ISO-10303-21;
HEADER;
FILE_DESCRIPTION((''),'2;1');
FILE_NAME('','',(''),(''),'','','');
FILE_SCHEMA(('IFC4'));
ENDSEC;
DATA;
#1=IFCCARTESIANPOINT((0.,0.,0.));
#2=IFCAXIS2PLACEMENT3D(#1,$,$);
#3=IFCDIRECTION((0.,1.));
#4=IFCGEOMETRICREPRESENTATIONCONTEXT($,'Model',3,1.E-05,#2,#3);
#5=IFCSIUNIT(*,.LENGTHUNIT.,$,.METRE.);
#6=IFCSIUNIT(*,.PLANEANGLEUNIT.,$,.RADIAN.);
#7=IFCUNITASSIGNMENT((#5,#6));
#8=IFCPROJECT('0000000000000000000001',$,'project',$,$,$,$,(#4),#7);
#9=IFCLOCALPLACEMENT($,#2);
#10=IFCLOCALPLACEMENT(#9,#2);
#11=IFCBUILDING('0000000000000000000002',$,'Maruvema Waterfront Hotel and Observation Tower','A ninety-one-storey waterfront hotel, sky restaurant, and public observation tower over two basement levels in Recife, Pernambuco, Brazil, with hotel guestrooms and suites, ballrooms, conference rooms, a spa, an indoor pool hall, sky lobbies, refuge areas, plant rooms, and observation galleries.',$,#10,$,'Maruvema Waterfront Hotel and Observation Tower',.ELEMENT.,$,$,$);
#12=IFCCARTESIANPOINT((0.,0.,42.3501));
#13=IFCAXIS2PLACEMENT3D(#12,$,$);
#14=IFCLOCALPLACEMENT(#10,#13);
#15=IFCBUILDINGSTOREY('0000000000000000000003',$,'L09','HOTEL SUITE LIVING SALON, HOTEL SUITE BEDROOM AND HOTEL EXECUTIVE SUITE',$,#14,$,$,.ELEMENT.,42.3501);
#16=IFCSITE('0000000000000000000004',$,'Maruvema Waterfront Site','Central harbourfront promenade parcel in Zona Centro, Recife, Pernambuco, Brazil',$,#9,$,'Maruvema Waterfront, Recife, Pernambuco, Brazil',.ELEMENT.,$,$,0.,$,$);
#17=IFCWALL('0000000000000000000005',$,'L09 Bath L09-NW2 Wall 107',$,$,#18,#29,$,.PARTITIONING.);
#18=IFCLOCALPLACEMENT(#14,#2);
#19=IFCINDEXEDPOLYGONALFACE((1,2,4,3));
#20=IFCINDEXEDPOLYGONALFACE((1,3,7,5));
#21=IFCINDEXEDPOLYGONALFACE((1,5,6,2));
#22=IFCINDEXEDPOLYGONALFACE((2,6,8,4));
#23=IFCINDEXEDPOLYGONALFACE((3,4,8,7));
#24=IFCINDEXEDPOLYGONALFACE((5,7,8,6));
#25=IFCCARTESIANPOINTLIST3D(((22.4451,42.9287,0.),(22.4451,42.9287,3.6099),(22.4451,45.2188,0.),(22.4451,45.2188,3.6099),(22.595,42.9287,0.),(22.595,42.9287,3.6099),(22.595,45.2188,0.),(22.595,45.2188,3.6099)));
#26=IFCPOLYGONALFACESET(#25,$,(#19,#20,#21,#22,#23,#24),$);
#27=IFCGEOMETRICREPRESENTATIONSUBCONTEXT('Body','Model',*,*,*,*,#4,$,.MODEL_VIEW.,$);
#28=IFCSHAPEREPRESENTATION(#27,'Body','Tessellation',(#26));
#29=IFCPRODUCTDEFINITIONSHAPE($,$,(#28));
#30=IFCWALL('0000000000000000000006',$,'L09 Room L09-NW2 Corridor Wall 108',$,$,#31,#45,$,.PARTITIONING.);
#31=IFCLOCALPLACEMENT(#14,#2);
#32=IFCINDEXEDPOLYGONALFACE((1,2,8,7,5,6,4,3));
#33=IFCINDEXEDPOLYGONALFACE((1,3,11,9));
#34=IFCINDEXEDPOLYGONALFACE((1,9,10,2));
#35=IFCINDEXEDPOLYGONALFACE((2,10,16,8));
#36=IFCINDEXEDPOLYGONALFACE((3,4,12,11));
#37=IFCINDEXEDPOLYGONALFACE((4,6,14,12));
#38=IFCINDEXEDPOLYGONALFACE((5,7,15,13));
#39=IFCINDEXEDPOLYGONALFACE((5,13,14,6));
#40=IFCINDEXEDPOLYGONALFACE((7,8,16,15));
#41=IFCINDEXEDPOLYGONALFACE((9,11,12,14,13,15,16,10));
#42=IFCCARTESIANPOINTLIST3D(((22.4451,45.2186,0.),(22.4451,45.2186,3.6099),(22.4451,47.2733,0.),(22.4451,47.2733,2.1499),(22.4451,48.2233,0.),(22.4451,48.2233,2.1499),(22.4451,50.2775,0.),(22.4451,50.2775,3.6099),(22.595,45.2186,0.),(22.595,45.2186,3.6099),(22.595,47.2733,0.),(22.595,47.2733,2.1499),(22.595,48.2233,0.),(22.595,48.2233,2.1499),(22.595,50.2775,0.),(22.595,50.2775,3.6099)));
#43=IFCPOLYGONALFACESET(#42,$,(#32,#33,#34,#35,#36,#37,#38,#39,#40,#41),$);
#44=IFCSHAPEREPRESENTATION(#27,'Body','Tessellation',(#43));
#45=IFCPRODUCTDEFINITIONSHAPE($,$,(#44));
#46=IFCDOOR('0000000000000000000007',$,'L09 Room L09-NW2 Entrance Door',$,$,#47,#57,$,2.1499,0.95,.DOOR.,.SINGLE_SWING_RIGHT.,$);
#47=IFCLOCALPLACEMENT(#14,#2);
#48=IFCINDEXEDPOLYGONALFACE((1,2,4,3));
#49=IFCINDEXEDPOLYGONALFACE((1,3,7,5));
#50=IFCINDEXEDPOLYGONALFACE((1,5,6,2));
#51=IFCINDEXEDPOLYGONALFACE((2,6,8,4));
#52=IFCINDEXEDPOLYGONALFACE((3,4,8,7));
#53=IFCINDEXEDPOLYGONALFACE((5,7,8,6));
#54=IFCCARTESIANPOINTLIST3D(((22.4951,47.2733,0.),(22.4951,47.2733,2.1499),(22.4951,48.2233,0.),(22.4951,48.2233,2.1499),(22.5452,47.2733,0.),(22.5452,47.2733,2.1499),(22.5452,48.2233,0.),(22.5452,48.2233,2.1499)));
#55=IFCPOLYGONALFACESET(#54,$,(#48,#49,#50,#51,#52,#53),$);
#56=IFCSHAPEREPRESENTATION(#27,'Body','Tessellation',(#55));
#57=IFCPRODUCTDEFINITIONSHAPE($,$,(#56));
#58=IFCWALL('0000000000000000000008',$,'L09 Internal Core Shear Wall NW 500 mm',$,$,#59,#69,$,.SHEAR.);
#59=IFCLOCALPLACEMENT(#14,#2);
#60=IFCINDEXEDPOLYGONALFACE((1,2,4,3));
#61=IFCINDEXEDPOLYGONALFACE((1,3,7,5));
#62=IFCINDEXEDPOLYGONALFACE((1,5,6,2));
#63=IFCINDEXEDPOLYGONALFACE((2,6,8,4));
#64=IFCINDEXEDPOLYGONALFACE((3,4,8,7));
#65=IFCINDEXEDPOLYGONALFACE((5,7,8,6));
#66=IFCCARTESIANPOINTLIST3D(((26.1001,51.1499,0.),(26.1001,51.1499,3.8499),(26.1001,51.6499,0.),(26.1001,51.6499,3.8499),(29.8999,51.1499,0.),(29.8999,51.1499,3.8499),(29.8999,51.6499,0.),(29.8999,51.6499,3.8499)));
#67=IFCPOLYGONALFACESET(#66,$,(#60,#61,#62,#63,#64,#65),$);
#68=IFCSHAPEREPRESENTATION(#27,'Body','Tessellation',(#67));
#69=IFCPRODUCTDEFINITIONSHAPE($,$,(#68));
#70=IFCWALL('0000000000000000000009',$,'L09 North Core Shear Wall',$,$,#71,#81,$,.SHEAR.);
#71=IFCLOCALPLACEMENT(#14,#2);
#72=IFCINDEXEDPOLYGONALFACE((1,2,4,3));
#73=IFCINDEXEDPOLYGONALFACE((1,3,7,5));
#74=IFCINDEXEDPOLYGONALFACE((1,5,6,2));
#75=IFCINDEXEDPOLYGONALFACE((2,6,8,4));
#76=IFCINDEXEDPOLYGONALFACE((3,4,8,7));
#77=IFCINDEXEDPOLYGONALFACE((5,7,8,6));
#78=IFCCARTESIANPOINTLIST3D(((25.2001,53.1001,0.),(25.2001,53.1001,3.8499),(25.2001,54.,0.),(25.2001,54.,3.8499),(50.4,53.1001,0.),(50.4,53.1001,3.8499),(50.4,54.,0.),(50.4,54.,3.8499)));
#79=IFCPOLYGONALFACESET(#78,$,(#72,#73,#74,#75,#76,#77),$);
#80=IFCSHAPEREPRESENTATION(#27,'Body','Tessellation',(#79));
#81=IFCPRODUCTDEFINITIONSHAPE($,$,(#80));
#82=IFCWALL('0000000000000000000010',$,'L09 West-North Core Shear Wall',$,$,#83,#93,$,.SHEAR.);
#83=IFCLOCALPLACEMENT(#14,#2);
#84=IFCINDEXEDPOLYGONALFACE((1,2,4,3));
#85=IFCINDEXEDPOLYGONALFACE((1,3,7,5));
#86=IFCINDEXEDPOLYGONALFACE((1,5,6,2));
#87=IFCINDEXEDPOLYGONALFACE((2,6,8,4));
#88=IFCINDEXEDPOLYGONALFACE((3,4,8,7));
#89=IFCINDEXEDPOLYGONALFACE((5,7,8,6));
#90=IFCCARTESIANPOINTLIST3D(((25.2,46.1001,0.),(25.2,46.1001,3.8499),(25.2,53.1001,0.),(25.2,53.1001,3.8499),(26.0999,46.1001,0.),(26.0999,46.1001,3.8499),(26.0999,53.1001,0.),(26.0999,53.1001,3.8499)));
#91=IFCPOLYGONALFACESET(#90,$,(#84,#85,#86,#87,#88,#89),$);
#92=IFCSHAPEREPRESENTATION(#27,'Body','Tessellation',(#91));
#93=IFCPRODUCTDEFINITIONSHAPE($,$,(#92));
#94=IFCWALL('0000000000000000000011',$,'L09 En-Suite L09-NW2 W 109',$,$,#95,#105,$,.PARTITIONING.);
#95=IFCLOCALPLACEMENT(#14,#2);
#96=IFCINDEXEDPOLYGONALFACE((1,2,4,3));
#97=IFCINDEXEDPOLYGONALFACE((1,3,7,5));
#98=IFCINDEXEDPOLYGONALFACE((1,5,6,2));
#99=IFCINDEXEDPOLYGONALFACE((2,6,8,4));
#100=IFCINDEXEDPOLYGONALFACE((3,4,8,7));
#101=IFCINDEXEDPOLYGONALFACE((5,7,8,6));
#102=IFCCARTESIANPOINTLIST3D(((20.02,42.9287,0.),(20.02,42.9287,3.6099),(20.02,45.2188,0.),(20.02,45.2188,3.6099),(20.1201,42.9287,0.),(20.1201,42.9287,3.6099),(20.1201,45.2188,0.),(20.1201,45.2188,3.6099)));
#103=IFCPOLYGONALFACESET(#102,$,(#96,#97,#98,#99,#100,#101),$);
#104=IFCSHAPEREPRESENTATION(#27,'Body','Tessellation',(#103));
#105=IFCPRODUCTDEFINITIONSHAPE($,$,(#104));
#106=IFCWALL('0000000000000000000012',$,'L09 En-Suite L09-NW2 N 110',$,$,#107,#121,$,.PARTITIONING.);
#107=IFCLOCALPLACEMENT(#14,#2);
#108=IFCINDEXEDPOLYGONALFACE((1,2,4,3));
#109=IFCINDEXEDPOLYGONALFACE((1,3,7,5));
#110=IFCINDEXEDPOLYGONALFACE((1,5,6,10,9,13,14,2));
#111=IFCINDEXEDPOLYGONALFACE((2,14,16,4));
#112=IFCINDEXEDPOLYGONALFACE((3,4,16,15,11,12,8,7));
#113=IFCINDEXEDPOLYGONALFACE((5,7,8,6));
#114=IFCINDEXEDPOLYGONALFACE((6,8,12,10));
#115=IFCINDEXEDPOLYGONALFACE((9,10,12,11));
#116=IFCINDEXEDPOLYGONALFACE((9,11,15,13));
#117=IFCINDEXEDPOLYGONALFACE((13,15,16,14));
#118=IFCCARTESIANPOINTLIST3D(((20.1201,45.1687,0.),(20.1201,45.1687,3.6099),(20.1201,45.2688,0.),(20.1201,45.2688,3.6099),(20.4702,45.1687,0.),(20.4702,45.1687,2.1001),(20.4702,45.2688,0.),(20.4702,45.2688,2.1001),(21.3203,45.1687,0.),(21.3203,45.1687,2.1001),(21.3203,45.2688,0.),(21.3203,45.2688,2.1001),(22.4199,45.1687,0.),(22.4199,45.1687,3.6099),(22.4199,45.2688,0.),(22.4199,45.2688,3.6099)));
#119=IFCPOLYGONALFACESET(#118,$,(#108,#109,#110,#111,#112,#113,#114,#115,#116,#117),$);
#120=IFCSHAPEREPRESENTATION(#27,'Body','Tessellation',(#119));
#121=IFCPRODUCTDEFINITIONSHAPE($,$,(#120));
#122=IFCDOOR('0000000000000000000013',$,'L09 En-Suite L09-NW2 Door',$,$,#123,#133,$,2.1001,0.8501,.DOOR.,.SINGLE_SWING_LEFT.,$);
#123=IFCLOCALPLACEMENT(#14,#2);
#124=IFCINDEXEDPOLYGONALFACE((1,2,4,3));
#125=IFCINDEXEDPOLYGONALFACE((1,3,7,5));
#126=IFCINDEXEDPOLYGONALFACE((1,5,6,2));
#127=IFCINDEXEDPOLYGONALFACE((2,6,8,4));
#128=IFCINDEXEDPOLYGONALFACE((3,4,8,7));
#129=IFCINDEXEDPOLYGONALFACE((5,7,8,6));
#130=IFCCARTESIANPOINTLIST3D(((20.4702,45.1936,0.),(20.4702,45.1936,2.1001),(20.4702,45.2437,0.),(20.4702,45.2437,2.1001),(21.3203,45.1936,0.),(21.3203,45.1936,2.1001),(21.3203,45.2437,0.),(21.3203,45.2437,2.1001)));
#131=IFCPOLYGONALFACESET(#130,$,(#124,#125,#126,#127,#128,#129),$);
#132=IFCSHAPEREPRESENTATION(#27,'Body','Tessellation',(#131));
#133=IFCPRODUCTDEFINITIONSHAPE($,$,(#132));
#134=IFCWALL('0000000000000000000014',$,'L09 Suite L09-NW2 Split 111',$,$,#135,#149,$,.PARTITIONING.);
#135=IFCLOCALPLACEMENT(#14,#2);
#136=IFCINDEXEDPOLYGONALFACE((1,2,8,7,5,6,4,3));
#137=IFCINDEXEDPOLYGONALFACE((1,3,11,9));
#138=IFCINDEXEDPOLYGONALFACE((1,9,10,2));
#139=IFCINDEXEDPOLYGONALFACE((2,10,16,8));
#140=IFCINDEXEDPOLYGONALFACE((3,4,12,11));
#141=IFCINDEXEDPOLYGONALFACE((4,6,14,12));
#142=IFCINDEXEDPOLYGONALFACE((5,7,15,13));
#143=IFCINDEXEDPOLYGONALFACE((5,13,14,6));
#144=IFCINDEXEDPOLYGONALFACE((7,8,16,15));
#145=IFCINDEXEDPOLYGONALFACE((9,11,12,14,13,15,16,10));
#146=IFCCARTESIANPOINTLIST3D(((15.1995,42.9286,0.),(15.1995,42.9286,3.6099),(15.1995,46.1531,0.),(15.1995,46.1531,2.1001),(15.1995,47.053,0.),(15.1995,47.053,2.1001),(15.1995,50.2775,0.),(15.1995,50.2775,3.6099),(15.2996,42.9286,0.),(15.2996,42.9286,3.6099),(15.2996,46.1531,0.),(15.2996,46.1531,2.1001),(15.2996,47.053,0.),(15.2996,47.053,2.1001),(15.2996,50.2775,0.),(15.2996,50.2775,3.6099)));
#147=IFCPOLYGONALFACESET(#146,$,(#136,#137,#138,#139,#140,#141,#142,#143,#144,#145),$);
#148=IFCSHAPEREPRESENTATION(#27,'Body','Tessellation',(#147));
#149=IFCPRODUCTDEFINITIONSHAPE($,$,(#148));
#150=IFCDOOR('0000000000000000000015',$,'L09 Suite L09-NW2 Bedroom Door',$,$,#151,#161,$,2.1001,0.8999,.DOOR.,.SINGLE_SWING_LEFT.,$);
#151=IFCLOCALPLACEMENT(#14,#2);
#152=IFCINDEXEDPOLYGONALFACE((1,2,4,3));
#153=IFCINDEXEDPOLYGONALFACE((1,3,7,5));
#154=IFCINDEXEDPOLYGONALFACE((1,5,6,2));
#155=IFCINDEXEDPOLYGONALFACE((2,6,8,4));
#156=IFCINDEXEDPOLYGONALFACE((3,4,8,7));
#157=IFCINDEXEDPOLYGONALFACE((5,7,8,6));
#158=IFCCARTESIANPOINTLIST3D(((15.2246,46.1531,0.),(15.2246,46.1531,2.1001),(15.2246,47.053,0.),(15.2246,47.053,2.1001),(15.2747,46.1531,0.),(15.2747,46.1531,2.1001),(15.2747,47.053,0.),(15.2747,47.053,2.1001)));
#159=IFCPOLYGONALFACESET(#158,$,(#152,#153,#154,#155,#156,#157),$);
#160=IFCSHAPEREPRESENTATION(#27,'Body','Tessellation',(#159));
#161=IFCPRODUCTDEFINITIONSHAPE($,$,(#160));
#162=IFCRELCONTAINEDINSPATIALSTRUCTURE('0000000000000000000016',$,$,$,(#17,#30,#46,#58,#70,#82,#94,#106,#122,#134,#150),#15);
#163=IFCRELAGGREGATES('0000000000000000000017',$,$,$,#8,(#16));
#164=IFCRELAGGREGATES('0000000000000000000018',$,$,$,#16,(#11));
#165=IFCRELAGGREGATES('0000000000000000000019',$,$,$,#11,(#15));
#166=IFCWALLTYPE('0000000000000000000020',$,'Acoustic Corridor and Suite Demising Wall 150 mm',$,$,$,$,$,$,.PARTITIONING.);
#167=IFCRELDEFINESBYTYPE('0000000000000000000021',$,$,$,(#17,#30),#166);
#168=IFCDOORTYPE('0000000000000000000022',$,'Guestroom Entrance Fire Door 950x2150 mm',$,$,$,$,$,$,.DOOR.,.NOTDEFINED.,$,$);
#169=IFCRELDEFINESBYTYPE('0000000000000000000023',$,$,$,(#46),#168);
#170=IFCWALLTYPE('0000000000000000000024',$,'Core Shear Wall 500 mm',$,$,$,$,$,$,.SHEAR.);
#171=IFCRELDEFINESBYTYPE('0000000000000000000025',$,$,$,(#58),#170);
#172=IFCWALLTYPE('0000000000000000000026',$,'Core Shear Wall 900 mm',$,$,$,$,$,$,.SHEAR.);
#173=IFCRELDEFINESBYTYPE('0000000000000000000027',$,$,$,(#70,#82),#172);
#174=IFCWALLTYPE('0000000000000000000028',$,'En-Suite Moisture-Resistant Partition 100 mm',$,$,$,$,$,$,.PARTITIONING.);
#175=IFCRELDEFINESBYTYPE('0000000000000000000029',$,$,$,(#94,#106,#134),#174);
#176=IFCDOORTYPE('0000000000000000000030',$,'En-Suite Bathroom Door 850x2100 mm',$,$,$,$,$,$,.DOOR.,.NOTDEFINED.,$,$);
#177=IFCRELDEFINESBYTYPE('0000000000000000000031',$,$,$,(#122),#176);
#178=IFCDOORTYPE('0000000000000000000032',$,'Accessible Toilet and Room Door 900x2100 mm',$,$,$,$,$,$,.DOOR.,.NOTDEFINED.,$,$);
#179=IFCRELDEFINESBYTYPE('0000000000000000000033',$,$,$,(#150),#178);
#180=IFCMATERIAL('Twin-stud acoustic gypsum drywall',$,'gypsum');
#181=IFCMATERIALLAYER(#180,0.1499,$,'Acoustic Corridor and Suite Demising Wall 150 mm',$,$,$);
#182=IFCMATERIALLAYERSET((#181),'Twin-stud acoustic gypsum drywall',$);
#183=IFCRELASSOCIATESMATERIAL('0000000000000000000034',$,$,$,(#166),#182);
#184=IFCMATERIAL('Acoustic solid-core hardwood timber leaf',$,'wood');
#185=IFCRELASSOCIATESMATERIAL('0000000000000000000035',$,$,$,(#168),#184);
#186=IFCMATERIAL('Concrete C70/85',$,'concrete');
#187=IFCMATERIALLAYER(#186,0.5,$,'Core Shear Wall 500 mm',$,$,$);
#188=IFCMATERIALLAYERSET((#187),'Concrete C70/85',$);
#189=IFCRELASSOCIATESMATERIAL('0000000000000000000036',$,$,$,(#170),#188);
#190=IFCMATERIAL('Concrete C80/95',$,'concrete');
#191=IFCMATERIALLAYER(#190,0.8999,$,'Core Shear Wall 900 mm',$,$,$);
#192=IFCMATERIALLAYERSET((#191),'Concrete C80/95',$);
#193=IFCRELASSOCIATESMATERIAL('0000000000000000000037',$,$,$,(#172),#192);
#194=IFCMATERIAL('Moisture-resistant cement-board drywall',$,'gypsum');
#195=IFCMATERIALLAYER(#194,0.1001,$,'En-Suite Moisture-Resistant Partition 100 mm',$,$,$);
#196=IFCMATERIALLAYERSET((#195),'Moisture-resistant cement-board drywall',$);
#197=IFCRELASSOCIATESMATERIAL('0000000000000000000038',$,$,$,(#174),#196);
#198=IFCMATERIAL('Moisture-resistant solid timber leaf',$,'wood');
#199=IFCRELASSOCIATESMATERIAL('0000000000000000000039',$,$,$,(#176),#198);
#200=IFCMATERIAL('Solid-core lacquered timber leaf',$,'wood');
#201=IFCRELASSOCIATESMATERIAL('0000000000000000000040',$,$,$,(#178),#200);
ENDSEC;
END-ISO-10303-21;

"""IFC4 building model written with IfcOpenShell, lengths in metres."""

from ifc_helpers import new_model, si_unit, direction, frame, frame_2d, origin, place, context, subcontext, project, spatial, rectangle, extrude, material, layer, layer_set, type_object, element, fill, save


model = new_model("IFC4")

# Units and contexts
model_context = context("Model", 3, precision=1e-05, world=origin(), true_north=direction((0.0, 1.0)))
body_context = subcontext(model_context, "Body", "Model", "MODEL_VIEW")
ifc_project = project(units=[si_unit("LENGTHUNIT", "METRE"), si_unit("PLANEANGLEUNIT", "RADIAN")], contexts=[model_context])

# Site, building, storey
site_placement = place(None, origin())
site = spatial("IfcSite", under=ifc_project, at=site_placement, Name="Maruvema Waterfront Site", Description="Central harbourfront promenade parcel in Zona Centro, Recife, Pernambuco, Brazil", LongName="Maruvema Waterfront, Recife, Pernambuco, Brazil", CompositionType="ELEMENT", RefElevation=0.0)
building_placement = place(site_placement, origin())
building = spatial("IfcBuilding", under=site, at=building_placement, Name="Maruvema Waterfront Hotel and Observation Tower", Description="A ninety-one-storey waterfront hotel, sky restaurant, and public observation tower over two basement levels in Recife, Pernambuco, Brazil, with hotel guestrooms and suites, ballrooms, conference rooms, a spa, an indoor pool hall, sky lobbies, refuge areas, plant rooms, and observation galleries.", LongName="Maruvema Waterfront Hotel and Observation Tower", CompositionType="ELEMENT")
storey_placement = place(building_placement, frame((0.0, 0.0, 42.3501)))
storey = spatial("IfcBuildingStorey", under=building, at=storey_placement, Name="L09", Description="HOTEL SUITE LIVING SALON, HOTEL SUITE BEDROOM AND HOTEL EXECUTIVE SUITE", CompositionType="ELEMENT", Elevation=42.3501)

# Wall
ifc_material_1 = material(Name="Twin-stud acoustic gypsum drywall", Category="gypsum")
ifc_layer_1 = layer(ifc_material_1, 0.1499, Name="Acoustic Corridor and Suite Demising Wall 150 mm")
ifc_layer_set_1 = layer_set([ifc_layer_1], Name="Twin-stud acoustic gypsum drywall")
wall_type_1 = type_object("IfcWallType", Name="Acoustic Corridor and Suite Demising Wall 150 mm", PredefinedType="PARTITIONING", material=ifc_layer_set_1)
wall_1_placement = place(storey_placement, frame((22.52, 42.9287, 0.0), z_axis=(0.0, 0.0, 1.0), x_axis=(0.0, 1.0, 0.0)))
element("IfcWall", 1, at=wall_1_placement, inside=storey, type_object=wall_type_1, Name="L09 Bath L09-NW2 Wall 107", PredefinedType="PARTITIONING", context=body_context, shape_type="SweptSolid", body=[
    extrude(rectangle(XDim=2.29, YDim=0.1499, at=frame_2d((1.145, 0.0))), origin(), (0.0, 0.0, 1.0), 3.6099),
])

# Wall, opening, door
wall_2_placement = place(storey_placement, frame((22.52, 45.2188, 0.0), z_axis=(0.0, 0.0, 1.0), x_axis=(0.0, 1.0, 0.0)))
wall_2 = element("IfcWall", 2, at=wall_2_placement, inside=storey, type_object=wall_type_1, Name="L09 Room L09-NW2 Corridor Wall 108", PredefinedType="PARTITIONING", context=body_context, shape_type="SweptSolid", body=[
    extrude(rectangle(XDim=5.0588, YDim=0.1499, at=frame_2d((2.5293, 0.0))), origin(), (0.0, 0.0, 1.0), 3.6099),
])
opening_1_placement = place(wall_2_placement, frame((2.0544, 0.0, 0.0)))
opening_1 = element("IfcOpeningElement", 3, at=opening_1_placement, cuts=wall_2, PredefinedType="OPENING", context=body_context, shape_type="SweptSolid", body=[
    extrude(rectangle(XDim=0.95, YDim=2.1499, at=frame_2d((0.4751, 1.075))), frame((0.0, 0.085, 0.0), z_axis=(0.0, -1.0, 0.0), x_axis=(1.0, 0.0, 0.0)), (0.0, 0.0, 1.0), 0.1699),
])
ifc_material_2 = material(Name="Acoustic solid-core hardwood timber leaf", Category="wood")
door_type_1 = type_object("IfcDoorType", Name="Guestroom Entrance Fire Door 950x2150 mm", OperationType="NOTDEFINED", PredefinedType="DOOR", material=ifc_material_2)
door_1_placement = place(opening_1_placement, origin())
door_1 = element("IfcDoor", 4, at=door_1_placement, inside=storey, type_object=door_type_1, Name="L09 Room L09-NW2 Entrance Door", OperationType="SINGLE_SWING_RIGHT", OverallHeight=2.1499, OverallWidth=0.95, PredefinedType="DOOR", context=body_context, shape_type="SweptSolid", body=[
    extrude(rectangle(XDim=0.95, YDim=2.1499, at=frame_2d((0.4751, 1.075))), frame((0.0, 0.0249, 0.0), z_axis=(0.0, -1.0, 0.0), x_axis=(1.0, 0.0, 0.0)), (0.0, 0.0, 1.0), 0.05),
])
fill(opening_1, door_1)

# Walls
ifc_material_3 = material(Name="Concrete C70/85", Category="concrete")
ifc_layer_2 = layer(ifc_material_3, 0.5, Name="Core Shear Wall 500 mm")
ifc_layer_set_2 = layer_set([ifc_layer_2], Name="Concrete C70/85")
wall_type_2 = type_object("IfcWallType", Name="Core Shear Wall 500 mm", PredefinedType="SHEAR", material=ifc_layer_set_2)
wall_3_placement = place(storey_placement, frame((26.1001, 51.3999, 0.0), z_axis=(0.0, 0.0, 1.0), x_axis=(1.0, 0.0, 0.0)))
element("IfcWall", 5, at=wall_3_placement, inside=storey, type_object=wall_type_2, Name="L09 Internal Core Shear Wall NW 500 mm", PredefinedType="SHEAR", context=body_context, shape_type="SweptSolid", body=[
    extrude(rectangle(XDim=3.7998, YDim=0.5, at=frame_2d((1.8999, 0.0))), origin(), (0.0, 0.0, 1.0), 3.8499),
])
ifc_material_4 = material(Name="Concrete C80/95", Category="concrete")
ifc_layer_3 = layer(ifc_material_4, 0.8999, Name="Core Shear Wall 900 mm")
ifc_layer_set_3 = layer_set([ifc_layer_3], Name="Concrete C80/95")
wall_type_3 = type_object("IfcWallType", Name="Core Shear Wall 900 mm", PredefinedType="SHEAR", material=ifc_layer_set_3)
wall_4_placement = place(storey_placement, frame((25.2, 53.55, 0.0), z_axis=(0.0, 0.0, 1.0), x_axis=(1.0, 0.0, 0.0)))
element("IfcWall", 6, at=wall_4_placement, inside=storey, type_object=wall_type_3, Name="L09 North Core Shear Wall", PredefinedType="SHEAR", context=body_context, shape_type="SweptSolid", body=[
    extrude(rectangle(XDim=25.2, YDim=0.8999, at=frame_2d((12.6001, 0.0))), origin(), (0.0, 0.0, 1.0), 3.8499),
])
wall_5_placement = place(storey_placement, frame((25.6499, 46.1001, 0.0), z_axis=(0.0, 0.0, 1.0), x_axis=(0.0, 1.0, 0.0)))
element("IfcWall", 7, at=wall_5_placement, inside=storey, type_object=wall_type_3, Name="L09 West-North Core Shear Wall", PredefinedType="SHEAR", context=body_context, shape_type="SweptSolid", body=[
    extrude(rectangle(XDim=7.0, YDim=0.8999, at=frame_2d((3.5, 0.0))), origin(), (0.0, 0.0, 1.0), 3.8499),
])
ifc_material_5 = material(Name="Moisture-resistant cement-board drywall", Category="gypsum")
ifc_layer_4 = layer(ifc_material_5, 0.1001, Name="En-Suite Moisture-Resistant Partition 100 mm")
ifc_layer_set_4 = layer_set([ifc_layer_4], Name="Moisture-resistant cement-board drywall")
wall_type_4 = type_object("IfcWallType", Name="En-Suite Moisture-Resistant Partition 100 mm", PredefinedType="PARTITIONING", material=ifc_layer_set_4)
wall_6_placement = place(storey_placement, frame((20.0701, 42.9287, 0.0), z_axis=(0.0, 0.0, 1.0), x_axis=(0.0, 1.0, 0.0)))
element("IfcWall", 8, at=wall_6_placement, inside=storey, type_object=wall_type_4, Name="L09 En-Suite L09-NW2 W 109", PredefinedType="PARTITIONING", context=body_context, shape_type="SweptSolid", body=[
    extrude(rectangle(XDim=2.29, YDim=0.1001, at=frame_2d((1.145, 0.0))), origin(), (0.0, 0.0, 1.0), 3.6099),
])

# Walls, openings, doors
wall_7_placement = place(storey_placement, frame((20.1201, 45.2188, 0.0), z_axis=(0.0, 0.0, 1.0), x_axis=(1.0, 0.0, 0.0)))
wall_7 = element("IfcWall", 9, at=wall_7_placement, inside=storey, type_object=wall_type_4, Name="L09 En-Suite L09-NW2 N 110", PredefinedType="PARTITIONING", context=body_context, shape_type="SweptSolid", body=[
    extrude(rectangle(XDim=2.2998, YDim=0.1001, at=frame_2d((1.1499, 0.0))), origin(), (0.0, 0.0, 1.0), 3.6099),
])
opening_2_placement = place(wall_7_placement, frame((0.3501, 0.0, 0.0)))
opening_2 = element("IfcOpeningElement", 10, at=opening_2_placement, cuts=wall_7, PredefinedType="OPENING", context=body_context, shape_type="SweptSolid", body=[
    extrude(rectangle(XDim=0.8501, YDim=2.1001, at=frame_2d((0.425, 1.05))), frame((0.0, 0.0601, 0.0), z_axis=(0.0, -1.0, 0.0), x_axis=(1.0, 0.0, 0.0)), (0.0, 0.0, 1.0), 0.1201),
])
ifc_material_6 = material(Name="Moisture-resistant solid timber leaf", Category="wood")
door_type_2 = type_object("IfcDoorType", Name="En-Suite Bathroom Door 850x2100 mm", OperationType="NOTDEFINED", PredefinedType="DOOR", material=ifc_material_6)
door_2_placement = place(opening_2_placement, origin())
door_2 = element("IfcDoor", 11, at=door_2_placement, inside=storey, type_object=door_type_2, Name="L09 En-Suite L09-NW2 Door", OperationType="SINGLE_SWING_LEFT", OverallHeight=2.1001, OverallWidth=0.8501, PredefinedType="DOOR", context=body_context, shape_type="SweptSolid", body=[
    extrude(rectangle(XDim=0.8501, YDim=2.1001, at=frame_2d((0.425, 1.05))), frame((0.0, 0.0249, 0.0), z_axis=(0.0, -1.0, 0.0), x_axis=(1.0, 0.0, 0.0)), (0.0, 0.0, 1.0), 0.05),
])
fill(opening_2, door_2)
wall_8_placement = place(storey_placement, frame((15.2495, 42.9287, 0.0), z_axis=(0.0, 0.0, 1.0), x_axis=(0.0, 1.0, 0.0)))
wall_8 = element("IfcWall", 12, at=wall_8_placement, inside=storey, type_object=wall_type_4, Name="L09 Suite L09-NW2 Split 111", PredefinedType="PARTITIONING", context=body_context, shape_type="SweptSolid", body=[
    extrude(rectangle(XDim=7.3489, YDim=0.1001, at=frame_2d((3.6743, 0.0))), origin(), (0.0, 0.0, 1.0), 3.6099),
])
opening_3_placement = place(wall_8_placement, frame((3.2244, 0.0, 0.0)))
opening_3 = element("IfcOpeningElement", 13, at=opening_3_placement, cuts=wall_8, PredefinedType="OPENING", context=body_context, shape_type="SweptSolid", body=[
    extrude(rectangle(XDim=0.8999, YDim=2.1001, at=frame_2d((0.45, 1.05))), frame((0.0, 0.0601, 0.0), z_axis=(0.0, -1.0, 0.0), x_axis=(1.0, 0.0, 0.0)), (0.0, 0.0, 1.0), 0.1201),
])
ifc_material_7 = material(Name="Solid-core lacquered timber leaf", Category="wood")
door_type_3 = type_object("IfcDoorType", Name="Accessible Toilet and Room Door 900x2100 mm", OperationType="NOTDEFINED", PredefinedType="DOOR", material=ifc_material_7)
door_3_placement = place(opening_3_placement, origin())
door_3 = element("IfcDoor", 14, at=door_3_placement, inside=storey, type_object=door_type_3, Name="L09 Suite L09-NW2 Bedroom Door", OperationType="SINGLE_SWING_LEFT", OverallHeight=2.1001, OverallWidth=0.8999, PredefinedType="DOOR", context=body_context, shape_type="SweptSolid", body=[
    extrude(rectangle(XDim=0.8999, YDim=2.1001, at=frame_2d((0.45, 1.05))), frame((0.0, 0.0249, 0.0), z_axis=(0.0, -1.0, 0.0), x_axis=(1.0, 0.0, 0.0)), (0.0, 0.0, 1.0), 0.05),
])
fill(opening_3, door_3)

save(model, "model.ifc")
